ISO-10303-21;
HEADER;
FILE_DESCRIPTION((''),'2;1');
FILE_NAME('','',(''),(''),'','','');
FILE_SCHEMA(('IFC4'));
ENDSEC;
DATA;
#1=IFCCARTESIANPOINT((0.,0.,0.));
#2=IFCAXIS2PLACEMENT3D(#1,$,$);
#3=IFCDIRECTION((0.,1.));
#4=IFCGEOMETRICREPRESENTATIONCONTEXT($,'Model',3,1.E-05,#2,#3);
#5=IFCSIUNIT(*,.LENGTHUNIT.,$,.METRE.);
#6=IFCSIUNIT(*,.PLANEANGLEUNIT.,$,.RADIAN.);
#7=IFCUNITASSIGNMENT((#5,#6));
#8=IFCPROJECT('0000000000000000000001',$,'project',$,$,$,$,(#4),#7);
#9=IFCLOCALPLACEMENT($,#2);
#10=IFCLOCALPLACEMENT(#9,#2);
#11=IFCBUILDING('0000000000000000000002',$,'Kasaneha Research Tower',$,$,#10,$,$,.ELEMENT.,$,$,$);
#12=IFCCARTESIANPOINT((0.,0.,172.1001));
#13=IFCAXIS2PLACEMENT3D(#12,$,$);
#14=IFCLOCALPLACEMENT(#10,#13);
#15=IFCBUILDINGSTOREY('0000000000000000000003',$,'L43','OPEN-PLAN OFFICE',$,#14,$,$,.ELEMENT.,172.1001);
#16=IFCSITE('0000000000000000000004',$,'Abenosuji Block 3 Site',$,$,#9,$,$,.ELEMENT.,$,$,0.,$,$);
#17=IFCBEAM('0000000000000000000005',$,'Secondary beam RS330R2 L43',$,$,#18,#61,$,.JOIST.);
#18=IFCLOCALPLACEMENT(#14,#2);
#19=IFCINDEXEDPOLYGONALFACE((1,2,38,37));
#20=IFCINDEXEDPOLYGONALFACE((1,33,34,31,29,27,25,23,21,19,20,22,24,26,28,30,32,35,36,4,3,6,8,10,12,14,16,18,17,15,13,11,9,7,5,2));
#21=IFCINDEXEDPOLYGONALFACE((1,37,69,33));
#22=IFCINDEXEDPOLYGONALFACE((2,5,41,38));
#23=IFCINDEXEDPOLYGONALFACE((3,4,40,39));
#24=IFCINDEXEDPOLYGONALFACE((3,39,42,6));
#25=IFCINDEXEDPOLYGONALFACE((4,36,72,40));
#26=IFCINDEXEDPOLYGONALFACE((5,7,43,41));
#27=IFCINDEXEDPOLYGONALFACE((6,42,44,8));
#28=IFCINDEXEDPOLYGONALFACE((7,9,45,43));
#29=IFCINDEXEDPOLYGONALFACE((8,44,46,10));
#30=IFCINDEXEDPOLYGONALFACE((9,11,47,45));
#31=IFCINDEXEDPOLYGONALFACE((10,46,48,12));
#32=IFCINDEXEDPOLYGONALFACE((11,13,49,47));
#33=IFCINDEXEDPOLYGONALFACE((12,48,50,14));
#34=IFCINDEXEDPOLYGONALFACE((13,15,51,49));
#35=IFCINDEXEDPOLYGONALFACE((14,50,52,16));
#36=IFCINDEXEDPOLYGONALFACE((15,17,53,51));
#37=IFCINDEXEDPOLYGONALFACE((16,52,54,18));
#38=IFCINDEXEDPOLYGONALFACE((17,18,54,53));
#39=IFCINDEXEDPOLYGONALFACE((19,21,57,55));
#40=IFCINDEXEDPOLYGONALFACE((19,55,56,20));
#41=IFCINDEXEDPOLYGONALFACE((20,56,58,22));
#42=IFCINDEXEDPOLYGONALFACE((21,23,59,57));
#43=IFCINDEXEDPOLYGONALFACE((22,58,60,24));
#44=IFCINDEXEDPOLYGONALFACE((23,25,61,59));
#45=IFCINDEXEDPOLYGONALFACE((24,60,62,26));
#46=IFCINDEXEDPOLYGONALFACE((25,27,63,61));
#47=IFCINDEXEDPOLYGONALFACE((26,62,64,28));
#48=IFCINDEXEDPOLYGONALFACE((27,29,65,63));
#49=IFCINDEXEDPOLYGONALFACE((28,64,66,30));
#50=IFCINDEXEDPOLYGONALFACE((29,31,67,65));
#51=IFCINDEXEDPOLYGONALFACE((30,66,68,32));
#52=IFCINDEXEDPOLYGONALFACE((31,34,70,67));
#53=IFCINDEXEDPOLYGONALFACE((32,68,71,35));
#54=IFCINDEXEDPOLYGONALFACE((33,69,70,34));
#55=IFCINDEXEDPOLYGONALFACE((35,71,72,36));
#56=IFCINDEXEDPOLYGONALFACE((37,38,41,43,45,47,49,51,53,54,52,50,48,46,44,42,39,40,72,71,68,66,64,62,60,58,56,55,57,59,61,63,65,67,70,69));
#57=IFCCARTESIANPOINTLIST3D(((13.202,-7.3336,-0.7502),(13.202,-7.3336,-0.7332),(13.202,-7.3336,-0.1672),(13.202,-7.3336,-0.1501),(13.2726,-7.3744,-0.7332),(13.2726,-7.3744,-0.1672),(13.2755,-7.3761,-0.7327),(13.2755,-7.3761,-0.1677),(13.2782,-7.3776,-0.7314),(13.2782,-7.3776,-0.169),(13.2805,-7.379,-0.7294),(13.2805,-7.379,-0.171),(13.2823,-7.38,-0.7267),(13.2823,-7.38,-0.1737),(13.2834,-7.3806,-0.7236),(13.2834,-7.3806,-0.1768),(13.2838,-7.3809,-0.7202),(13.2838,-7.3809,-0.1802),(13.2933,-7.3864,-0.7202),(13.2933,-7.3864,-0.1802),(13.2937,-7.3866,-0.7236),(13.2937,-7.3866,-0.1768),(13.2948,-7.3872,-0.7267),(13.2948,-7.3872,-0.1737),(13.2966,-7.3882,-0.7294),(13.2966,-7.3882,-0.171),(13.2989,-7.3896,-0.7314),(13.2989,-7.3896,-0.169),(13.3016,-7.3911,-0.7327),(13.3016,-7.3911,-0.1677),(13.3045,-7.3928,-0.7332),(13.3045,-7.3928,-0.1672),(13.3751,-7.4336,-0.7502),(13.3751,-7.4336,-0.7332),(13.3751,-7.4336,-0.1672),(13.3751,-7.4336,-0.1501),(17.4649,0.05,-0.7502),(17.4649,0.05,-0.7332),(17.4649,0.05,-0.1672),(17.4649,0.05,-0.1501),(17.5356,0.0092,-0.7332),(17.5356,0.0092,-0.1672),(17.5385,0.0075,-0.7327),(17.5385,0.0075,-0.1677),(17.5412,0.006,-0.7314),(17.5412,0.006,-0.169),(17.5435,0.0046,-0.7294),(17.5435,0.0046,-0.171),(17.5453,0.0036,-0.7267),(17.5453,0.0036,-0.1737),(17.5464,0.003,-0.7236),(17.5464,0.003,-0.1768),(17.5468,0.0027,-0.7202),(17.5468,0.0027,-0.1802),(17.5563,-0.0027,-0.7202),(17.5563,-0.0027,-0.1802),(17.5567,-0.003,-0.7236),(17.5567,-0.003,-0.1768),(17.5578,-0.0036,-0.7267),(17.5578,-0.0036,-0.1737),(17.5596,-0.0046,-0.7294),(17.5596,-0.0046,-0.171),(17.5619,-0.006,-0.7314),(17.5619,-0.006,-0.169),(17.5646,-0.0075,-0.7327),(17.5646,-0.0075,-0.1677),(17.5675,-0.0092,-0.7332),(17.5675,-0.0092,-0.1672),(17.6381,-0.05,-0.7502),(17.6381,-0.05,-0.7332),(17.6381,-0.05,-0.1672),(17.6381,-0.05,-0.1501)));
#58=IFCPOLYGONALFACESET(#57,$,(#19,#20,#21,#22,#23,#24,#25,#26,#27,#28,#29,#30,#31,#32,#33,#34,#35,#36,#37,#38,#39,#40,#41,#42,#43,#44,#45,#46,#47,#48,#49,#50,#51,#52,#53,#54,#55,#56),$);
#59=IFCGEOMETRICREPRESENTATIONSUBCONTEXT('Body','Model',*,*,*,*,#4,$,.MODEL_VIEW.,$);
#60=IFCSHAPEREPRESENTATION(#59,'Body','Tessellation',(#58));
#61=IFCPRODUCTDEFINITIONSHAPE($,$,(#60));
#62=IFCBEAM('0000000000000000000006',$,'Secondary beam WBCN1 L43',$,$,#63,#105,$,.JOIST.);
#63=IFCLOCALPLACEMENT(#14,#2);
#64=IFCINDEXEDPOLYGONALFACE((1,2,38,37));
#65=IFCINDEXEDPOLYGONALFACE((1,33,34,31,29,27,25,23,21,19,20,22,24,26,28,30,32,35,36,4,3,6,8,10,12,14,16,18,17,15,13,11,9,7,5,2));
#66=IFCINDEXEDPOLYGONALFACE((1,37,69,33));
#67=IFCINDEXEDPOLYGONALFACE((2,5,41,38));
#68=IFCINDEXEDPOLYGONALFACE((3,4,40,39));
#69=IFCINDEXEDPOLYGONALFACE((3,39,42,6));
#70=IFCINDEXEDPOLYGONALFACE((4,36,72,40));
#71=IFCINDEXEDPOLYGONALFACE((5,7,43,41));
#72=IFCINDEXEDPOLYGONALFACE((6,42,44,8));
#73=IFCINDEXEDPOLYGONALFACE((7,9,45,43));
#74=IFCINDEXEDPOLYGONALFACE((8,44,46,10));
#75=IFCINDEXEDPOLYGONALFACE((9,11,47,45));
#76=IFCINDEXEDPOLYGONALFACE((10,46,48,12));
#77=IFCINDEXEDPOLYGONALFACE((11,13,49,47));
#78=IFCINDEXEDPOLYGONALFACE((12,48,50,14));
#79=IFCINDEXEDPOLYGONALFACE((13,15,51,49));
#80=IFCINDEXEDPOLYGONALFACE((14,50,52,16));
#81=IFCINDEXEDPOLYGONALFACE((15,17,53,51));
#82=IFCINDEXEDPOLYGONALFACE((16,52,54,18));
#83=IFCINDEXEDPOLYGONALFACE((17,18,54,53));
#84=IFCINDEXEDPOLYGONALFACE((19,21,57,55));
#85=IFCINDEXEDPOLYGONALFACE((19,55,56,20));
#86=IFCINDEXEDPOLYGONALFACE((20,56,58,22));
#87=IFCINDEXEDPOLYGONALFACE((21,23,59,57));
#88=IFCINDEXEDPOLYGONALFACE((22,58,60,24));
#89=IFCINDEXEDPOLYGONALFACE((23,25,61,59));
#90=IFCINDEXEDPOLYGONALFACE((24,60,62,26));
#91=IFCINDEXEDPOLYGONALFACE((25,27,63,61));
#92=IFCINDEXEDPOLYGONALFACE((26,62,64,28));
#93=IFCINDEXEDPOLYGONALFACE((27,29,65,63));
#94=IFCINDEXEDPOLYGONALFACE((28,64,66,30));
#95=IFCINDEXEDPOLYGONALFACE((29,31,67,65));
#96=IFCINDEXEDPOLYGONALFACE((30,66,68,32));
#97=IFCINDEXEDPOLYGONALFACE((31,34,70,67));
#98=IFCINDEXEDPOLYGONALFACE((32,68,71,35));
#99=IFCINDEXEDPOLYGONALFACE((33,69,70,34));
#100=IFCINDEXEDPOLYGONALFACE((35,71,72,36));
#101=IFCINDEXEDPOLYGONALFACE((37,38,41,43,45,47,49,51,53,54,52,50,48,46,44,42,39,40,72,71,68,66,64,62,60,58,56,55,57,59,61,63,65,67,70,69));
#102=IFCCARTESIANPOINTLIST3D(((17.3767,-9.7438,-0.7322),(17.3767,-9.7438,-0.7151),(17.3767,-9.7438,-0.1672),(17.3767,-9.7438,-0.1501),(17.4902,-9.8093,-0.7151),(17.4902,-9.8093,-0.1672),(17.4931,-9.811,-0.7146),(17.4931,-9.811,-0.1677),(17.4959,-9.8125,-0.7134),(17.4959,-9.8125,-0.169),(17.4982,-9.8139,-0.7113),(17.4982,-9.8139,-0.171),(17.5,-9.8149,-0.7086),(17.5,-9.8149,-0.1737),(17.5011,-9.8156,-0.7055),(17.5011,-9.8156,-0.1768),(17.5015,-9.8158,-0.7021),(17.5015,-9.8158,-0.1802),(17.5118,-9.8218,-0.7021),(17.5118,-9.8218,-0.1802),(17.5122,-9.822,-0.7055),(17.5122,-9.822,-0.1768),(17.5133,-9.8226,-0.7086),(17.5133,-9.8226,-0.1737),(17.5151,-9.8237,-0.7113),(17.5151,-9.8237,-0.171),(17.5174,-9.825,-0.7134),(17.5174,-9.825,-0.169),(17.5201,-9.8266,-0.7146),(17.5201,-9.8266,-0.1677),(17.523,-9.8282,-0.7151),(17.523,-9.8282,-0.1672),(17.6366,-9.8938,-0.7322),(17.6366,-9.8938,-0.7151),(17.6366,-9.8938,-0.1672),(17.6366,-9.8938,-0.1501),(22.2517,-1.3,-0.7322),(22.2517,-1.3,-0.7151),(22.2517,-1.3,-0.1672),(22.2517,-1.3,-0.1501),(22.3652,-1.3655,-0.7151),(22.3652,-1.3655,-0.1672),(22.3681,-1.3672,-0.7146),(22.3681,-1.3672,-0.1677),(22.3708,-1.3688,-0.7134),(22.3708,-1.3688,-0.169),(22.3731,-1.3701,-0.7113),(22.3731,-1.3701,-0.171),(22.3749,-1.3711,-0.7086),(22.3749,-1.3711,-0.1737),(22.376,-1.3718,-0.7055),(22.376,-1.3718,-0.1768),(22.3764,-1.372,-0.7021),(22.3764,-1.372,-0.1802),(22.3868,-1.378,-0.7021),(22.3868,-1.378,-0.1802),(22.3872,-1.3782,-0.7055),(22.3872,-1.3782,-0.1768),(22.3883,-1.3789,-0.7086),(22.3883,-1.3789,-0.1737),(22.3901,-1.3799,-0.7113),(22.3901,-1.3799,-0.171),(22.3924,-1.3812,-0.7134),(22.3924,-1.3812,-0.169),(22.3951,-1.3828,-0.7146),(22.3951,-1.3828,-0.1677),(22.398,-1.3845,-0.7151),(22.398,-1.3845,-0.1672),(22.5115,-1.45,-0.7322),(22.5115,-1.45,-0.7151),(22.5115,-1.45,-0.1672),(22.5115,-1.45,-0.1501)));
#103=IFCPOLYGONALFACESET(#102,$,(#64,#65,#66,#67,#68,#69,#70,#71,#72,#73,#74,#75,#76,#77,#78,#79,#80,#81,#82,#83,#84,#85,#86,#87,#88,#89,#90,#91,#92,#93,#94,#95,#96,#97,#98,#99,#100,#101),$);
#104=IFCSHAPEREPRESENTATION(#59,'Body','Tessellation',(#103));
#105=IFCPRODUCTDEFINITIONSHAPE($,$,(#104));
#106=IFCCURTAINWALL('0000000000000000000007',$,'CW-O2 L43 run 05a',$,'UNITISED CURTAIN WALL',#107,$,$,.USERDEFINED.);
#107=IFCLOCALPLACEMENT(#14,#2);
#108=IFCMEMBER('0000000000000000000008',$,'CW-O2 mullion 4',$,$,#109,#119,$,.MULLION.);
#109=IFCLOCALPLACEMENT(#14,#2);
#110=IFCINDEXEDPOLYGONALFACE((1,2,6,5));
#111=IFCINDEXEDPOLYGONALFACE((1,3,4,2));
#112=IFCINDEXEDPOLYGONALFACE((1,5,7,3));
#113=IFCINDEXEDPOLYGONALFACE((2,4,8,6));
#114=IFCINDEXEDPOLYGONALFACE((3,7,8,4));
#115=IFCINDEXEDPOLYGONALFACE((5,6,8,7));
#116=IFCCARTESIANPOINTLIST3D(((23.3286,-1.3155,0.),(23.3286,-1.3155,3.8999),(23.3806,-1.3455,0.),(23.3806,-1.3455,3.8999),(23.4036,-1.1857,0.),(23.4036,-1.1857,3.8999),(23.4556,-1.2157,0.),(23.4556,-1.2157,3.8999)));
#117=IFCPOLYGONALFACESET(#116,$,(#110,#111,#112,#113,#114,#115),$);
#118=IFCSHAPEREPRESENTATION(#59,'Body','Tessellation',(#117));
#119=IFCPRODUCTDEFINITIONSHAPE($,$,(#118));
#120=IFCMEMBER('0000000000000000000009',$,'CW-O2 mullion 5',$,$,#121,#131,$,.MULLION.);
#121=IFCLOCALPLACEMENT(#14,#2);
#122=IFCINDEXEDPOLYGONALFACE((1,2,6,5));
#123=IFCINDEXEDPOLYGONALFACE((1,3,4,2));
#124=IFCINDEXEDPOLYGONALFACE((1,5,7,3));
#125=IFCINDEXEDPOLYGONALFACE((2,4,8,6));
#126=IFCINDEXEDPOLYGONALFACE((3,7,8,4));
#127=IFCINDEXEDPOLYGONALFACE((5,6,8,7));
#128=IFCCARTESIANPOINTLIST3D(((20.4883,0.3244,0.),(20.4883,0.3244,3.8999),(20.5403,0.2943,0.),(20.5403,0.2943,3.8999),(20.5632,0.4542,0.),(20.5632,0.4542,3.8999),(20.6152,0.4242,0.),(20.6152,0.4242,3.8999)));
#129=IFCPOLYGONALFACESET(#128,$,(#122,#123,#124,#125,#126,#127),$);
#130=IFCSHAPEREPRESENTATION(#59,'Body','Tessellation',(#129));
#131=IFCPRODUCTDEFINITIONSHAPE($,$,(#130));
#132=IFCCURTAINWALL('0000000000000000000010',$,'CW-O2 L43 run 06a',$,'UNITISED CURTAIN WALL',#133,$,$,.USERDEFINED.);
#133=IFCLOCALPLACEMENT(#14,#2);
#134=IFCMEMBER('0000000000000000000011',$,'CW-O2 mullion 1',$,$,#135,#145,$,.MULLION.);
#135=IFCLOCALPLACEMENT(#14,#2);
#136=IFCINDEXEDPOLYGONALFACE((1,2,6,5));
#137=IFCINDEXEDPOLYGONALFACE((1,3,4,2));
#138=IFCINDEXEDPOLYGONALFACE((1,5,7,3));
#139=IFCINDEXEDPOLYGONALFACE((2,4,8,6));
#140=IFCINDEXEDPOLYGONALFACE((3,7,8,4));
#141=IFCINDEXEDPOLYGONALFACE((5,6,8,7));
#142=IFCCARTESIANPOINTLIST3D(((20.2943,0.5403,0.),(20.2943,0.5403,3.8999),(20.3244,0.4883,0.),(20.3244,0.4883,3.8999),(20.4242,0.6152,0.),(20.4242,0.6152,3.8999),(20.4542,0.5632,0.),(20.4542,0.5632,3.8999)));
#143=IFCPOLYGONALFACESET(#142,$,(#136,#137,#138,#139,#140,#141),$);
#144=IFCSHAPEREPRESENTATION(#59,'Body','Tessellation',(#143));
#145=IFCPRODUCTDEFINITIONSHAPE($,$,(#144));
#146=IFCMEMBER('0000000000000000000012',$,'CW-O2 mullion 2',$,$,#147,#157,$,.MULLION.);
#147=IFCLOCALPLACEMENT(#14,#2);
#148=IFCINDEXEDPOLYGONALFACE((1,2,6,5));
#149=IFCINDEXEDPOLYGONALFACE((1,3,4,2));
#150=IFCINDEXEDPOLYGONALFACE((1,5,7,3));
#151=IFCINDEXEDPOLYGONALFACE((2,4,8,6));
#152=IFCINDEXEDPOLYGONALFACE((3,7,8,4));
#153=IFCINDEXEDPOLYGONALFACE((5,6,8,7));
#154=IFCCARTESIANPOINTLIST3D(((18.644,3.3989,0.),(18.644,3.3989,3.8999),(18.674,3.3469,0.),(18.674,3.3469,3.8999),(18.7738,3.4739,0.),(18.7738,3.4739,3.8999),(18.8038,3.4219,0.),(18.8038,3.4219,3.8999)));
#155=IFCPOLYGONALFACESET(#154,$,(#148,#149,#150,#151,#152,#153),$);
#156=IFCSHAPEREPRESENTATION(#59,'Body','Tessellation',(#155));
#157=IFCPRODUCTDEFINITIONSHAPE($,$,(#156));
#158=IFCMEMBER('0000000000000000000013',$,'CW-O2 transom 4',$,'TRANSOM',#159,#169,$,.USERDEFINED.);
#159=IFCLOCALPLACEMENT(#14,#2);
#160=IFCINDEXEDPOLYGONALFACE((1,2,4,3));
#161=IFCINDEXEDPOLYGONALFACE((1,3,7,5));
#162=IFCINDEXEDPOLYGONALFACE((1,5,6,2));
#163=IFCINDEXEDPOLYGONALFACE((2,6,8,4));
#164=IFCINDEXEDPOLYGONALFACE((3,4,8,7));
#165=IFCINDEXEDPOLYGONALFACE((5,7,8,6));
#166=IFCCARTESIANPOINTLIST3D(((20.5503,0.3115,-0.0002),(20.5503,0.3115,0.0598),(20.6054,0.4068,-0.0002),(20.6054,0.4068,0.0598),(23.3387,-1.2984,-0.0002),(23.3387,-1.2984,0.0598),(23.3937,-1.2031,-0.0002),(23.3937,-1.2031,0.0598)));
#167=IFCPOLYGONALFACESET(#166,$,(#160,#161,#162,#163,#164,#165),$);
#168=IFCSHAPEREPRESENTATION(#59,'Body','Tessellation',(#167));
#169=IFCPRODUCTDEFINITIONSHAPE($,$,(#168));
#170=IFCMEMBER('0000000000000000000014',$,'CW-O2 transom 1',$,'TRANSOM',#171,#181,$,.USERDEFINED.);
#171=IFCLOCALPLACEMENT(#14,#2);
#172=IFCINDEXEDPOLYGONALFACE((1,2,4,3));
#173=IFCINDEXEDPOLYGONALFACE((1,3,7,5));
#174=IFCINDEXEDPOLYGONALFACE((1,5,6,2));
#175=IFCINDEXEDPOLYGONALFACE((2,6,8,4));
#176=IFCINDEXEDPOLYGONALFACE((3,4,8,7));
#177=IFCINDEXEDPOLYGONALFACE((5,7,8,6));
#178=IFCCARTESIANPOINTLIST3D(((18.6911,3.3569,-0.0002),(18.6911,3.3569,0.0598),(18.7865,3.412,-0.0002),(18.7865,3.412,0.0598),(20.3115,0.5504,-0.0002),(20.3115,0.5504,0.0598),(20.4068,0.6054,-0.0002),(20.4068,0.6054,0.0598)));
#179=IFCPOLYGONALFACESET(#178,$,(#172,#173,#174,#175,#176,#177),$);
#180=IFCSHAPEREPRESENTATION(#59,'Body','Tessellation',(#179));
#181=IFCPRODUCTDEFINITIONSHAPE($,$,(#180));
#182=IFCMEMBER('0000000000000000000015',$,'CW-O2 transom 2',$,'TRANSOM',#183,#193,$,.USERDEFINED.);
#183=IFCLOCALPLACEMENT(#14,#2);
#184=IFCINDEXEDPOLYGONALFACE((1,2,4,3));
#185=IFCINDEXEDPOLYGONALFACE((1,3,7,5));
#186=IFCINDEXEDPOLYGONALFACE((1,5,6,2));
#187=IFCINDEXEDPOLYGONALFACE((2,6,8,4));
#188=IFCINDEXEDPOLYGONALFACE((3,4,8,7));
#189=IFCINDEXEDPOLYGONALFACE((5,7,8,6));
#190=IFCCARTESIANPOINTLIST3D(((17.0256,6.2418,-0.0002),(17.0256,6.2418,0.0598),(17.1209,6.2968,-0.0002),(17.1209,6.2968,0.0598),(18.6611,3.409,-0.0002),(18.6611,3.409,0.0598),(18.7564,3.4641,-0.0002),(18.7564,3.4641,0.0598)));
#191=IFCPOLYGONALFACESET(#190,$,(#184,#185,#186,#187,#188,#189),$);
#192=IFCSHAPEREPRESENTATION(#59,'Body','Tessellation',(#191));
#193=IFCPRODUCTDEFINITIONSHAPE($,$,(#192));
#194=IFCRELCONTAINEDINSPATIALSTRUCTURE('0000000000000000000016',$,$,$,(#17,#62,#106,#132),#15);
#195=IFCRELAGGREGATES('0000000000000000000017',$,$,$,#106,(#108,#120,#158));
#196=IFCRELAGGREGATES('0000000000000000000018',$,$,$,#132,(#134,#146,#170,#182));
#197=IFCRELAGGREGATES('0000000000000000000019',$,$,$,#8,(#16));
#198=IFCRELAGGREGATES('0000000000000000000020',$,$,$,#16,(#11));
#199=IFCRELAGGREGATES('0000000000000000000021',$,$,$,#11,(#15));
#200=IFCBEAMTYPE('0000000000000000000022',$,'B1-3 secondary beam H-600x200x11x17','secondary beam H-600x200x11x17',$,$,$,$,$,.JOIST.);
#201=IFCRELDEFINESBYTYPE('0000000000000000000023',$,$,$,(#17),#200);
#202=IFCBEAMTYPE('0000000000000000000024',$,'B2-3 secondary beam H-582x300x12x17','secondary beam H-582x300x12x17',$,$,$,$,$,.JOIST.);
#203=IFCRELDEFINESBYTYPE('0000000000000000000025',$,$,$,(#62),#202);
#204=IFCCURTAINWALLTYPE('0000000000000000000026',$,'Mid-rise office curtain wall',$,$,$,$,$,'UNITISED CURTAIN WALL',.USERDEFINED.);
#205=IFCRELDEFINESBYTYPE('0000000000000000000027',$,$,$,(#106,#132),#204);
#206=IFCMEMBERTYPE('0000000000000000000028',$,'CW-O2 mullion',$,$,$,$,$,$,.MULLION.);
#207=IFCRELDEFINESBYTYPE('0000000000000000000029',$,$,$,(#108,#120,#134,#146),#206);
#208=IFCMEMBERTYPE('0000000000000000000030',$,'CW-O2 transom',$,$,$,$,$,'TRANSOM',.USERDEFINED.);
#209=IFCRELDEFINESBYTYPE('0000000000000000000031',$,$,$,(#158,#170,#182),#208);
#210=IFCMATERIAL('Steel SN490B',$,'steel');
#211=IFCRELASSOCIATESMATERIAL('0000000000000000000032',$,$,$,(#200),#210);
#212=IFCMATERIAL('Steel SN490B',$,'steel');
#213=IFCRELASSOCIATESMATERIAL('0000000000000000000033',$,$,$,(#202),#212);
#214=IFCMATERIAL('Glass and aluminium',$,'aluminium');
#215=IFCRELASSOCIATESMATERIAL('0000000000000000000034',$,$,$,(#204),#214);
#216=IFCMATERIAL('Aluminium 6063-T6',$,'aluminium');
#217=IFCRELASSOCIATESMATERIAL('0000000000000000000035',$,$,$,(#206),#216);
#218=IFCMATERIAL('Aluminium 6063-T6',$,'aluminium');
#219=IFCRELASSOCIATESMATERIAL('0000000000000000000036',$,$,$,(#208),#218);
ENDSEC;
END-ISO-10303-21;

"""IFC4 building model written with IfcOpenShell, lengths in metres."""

from ifc_helpers import new_model, si_unit, direction, frame, origin, origin_2d, place, context, subcontext, project, spatial, rectangle, i_section, extrude, material, material_profile, profile_set, type_object, element, aggregate, save


model = new_model("IFC4")

# Units and contexts
model_context = context("Model", 3, precision=1e-05, world=origin(), true_north=direction((0.0, 1.0)))
body_context = subcontext(model_context, "Body", "Model", "MODEL_VIEW")
ifc_project = project(units=[si_unit("LENGTHUNIT", "METRE"), si_unit("PLANEANGLEUNIT", "RADIAN")], contexts=[model_context])

# Site, building, storey
site_placement = place(None, origin())
site = spatial("IfcSite", under=ifc_project, at=site_placement, Name="Abenosuji Block 3 Site", CompositionType="ELEMENT", RefElevation=0.0)
building_placement = place(site_placement, origin())
building = spatial("IfcBuilding", under=site, at=building_placement, Name="Kasaneha Research Tower", CompositionType="ELEMENT")
storey_placement = place(building_placement, frame((0.0, 0.0, 172.1001)))
storey = spatial("IfcBuildingStorey", under=building, at=storey_placement, Name="L43", Description="OPEN-PLAN OFFICE", CompositionType="ELEMENT", Elevation=172.1001)

# Beams
ifc_material_1 = material(Name="Steel SN490B", Category="steel")
ifc_material_profile_1 = material_profile(ifc_material_1, i_section(OverallWidth=0.2, OverallDepth=0.6001, WebThickness=0.011, FlangeThickness=0.0171, FilletRadius=0.0129, at=origin_2d()), Name="H-600x200x11x17")
ifc_profile_set_1 = profile_set([ifc_material_profile_1], Name="Steel SN490B")
beam_type_1 = type_object("IfcBeamType", Name="B1-3 secondary beam H-600x200x11x17", Description="secondary beam H-600x200x11x17", PredefinedType="JOIST", material=ifc_profile_set_1)
beam_1_placement = place(storey_placement, frame((17.5515, 0.0, -0.4502), z_axis=(-0.500004, -0.866023, 0.0), x_axis=(0.866023, -0.500004, 0.0)))
element("IfcBeam", 1, at=beam_1_placement, inside=storey, type_object=beam_type_1, Name="Secondary beam RS330R2 L43", PredefinedType="JOIST", context=body_context, shape_type="SweptSolid", body=[
    extrude(i_section(OverallWidth=0.2, OverallDepth=0.6001, WebThickness=0.011, FlangeThickness=0.0171, FilletRadius=0.0129, at=origin_2d()), origin(), (0.0, 0.0, 1.0), 8.5259),
])
ifc_material_2 = material(Name="Steel SN490B", Category="steel")
ifc_material_profile_2 = material_profile(ifc_material_2, i_section(OverallWidth=0.3, OverallDepth=0.582, WebThickness=0.012, FlangeThickness=0.0171, FilletRadius=0.0129, at=origin_2d()), Name="H-582x300x12x17")
ifc_profile_set_2 = profile_set([ifc_material_profile_2], Name="Steel SN490B")
beam_type_2 = type_object("IfcBeamType", Name="B2-3 secondary beam H-582x300x12x17", Description="secondary beam H-582x300x12x17", PredefinedType="JOIST", material=ifc_profile_set_2)
beam_2_placement = place(storey_placement, frame((22.3816, -1.375, -0.4412), z_axis=(-0.499996, -0.866028, 0.0), x_axis=(0.866028, -0.499996, 0.0)))
element("IfcBeam", 2, at=beam_2_placement, inside=storey, type_object=beam_type_2, Name="Secondary beam WBCN1 L43", PredefinedType="JOIST", context=body_context, shape_type="SweptSolid", body=[
    extrude(i_section(OverallWidth=0.3, OverallDepth=0.582, WebThickness=0.012, FlangeThickness=0.0171, FilletRadius=0.0129, at=origin_2d()), origin(), (0.0, 0.0, 1.0), 9.75),
])

# Curtain walls, members
ifc_material_3 = material(Name="Glass and aluminium", Category="aluminium")
curtain_wall_type = type_object("IfcCurtainWallType", Name="Mid-rise office curtain wall", ElementType="UNITISED CURTAIN WALL", PredefinedType="USERDEFINED", material=ifc_material_3)
curtain_wall_1_placement = place(storey_placement, origin())
curtain_wall_1 = element("IfcCurtainWall", 3, at=curtain_wall_1_placement, inside=storey, type_object=curtain_wall_type, Name="CW-O2 L43 run 05a", ObjectType="UNITISED CURTAIN WALL", PredefinedType="USERDEFINED")
ifc_material_4 = material(Name="Aluminium 6063-T6", Category="aluminium")
ifc_material_profile_3 = material_profile(ifc_material_4, rectangle(XDim=0.0601, YDim=0.1499, at=origin_2d()), Name="CW-O2 mullion 60x150")
ifc_profile_set_3 = profile_set([ifc_material_profile_3], Name="Aluminium 6063-T6")
member_type_1 = type_object("IfcMemberType", Name="CW-O2 mullion", PredefinedType="MULLION", material=ifc_profile_set_3)
member_1_placement = place(storey_placement, frame((23.3921, -1.2656, 0.0), z_axis=(0.0, 0.0, 1.0), x_axis=(-0.866025, 0.5, 0.0)))
member_1 = element("IfcMember", 4, at=member_1_placement, type_object=member_type_1, Name="CW-O2 mullion 4", PredefinedType="MULLION", context=body_context, shape_type="SweptSolid", body=[
    extrude(rectangle(XDim=0.0601, YDim=0.1499, at=origin_2d()), origin(), (0.0, 0.0, 1.0), 3.8999),
])
member_2_placement = place(storey_placement, frame((20.5518, 0.3743, 0.0), z_axis=(0.0, 0.0, 1.0), x_axis=(-0.866025, 0.5, 0.0)))
member_2 = element("IfcMember", 5, at=member_2_placement, type_object=member_type_1, Name="CW-O2 mullion 5", PredefinedType="MULLION", context=body_context, shape_type="SweptSolid", body=[
    extrude(rectangle(XDim=0.0601, YDim=0.1499, at=origin_2d()), origin(), (0.0, 0.0, 1.0), 3.8999),
])
curtain_wall_2_placement = place(storey_placement, origin())
curtain_wall_2 = element("IfcCurtainWall", 6, at=curtain_wall_2_placement, inside=storey, type_object=curtain_wall_type, Name="CW-O2 L43 run 06a", ObjectType="UNITISED CURTAIN WALL", PredefinedType="USERDEFINED")
member_3_placement = place(storey_placement, frame((20.3743, 0.5518, 0.0), z_axis=(0.0, 0.0, 1.0), x_axis=(-0.5, 0.866025, 0.0)))
member_3 = element("IfcMember", 7, at=member_3_placement, type_object=member_type_1, Name="CW-O2 mullion 1", PredefinedType="MULLION", context=body_context, shape_type="SweptSolid", body=[
    extrude(rectangle(XDim=0.0601, YDim=0.1499, at=origin_2d()), origin(), (0.0, 0.0, 1.0), 3.8999),
])
member_4_placement = place(storey_placement, frame((18.7239, 3.4104, 0.0), z_axis=(0.0, 0.0, 1.0), x_axis=(-0.5, 0.866025, 0.0)))
member_4 = element("IfcMember", 8, at=member_4_placement, type_object=member_type_1, Name="CW-O2 mullion 2", PredefinedType="MULLION", context=body_context, shape_type="SweptSolid", body=[
    extrude(rectangle(XDim=0.0601, YDim=0.1499, at=origin_2d()), origin(), (0.0, 0.0, 1.0), 3.8999),
])

# Members
ifc_material_5 = material(Name="Aluminium 6063-T6", Category="aluminium")
ifc_material_profile_4 = material_profile(ifc_material_5, rectangle(XDim=0.1101, YDim=0.0601, at=origin_2d()), Name="CW-O2 transom 110x60")
ifc_profile_set_4 = profile_set([ifc_material_profile_4], Name="Aluminium 6063-T6")
member_type_2 = type_object("IfcMemberType", Name="CW-O2 transom", ElementType="TRANSOM", PredefinedType="USERDEFINED", material=ifc_profile_set_4)
member_5_placement = place(storey_placement, frame((23.3662, -1.2507, 0.0298), z_axis=(-0.866023, 0.500005, 0.0), x_axis=(-0.500005, -0.866023, 0.0)))
member_5 = element("IfcMember", 9, at=member_5_placement, type_object=member_type_2, Name="CW-O2 transom 4", ObjectType="TRANSOM", PredefinedType="USERDEFINED", context=body_context, shape_type="SweptSolid", body=[
    extrude(rectangle(XDim=0.1101, YDim=0.0601, at=origin_2d()), origin(), (0.0, 0.0, 1.0), 3.2197),
])
member_6_placement = place(storey_placement, frame((20.3591, 0.5779, 0.0298), z_axis=(-0.499988, 0.866033, 0.0), x_axis=(-0.866033, -0.499988, 0.0)))
member_6 = element("IfcMember", 10, at=member_6_placement, type_object=member_type_2, Name="CW-O2 transom 1", ObjectType="TRANSOM", PredefinedType="USERDEFINED", context=body_context, shape_type="SweptSolid", body=[
    extrude(rectangle(XDim=0.1101, YDim=0.0601, at=origin_2d()), origin(), (0.0, 0.0, 1.0), 3.2407),
])
member_7_placement = place(storey_placement, frame((18.7087, 3.4365, 0.0298), z_axis=(-0.5, 0.866025, 0.0), x_axis=(-0.866025, -0.5, 0.0)))
member_7 = element("IfcMember", 11, at=member_7_placement, type_object=member_type_2, Name="CW-O2 transom 2", ObjectType="TRANSOM", PredefinedType="USERDEFINED", context=body_context, shape_type="SweptSolid", body=[
    extrude(rectangle(XDim=0.1101, YDim=0.0601, at=origin_2d()), origin(), (0.0, 0.0, 1.0), 3.271),
])

aggregate(curtain_wall_1, [member_1, member_2, member_5])
aggregate(curtain_wall_2, [member_3, member_4, member_6, member_7])

save(model, "model.ifc")
